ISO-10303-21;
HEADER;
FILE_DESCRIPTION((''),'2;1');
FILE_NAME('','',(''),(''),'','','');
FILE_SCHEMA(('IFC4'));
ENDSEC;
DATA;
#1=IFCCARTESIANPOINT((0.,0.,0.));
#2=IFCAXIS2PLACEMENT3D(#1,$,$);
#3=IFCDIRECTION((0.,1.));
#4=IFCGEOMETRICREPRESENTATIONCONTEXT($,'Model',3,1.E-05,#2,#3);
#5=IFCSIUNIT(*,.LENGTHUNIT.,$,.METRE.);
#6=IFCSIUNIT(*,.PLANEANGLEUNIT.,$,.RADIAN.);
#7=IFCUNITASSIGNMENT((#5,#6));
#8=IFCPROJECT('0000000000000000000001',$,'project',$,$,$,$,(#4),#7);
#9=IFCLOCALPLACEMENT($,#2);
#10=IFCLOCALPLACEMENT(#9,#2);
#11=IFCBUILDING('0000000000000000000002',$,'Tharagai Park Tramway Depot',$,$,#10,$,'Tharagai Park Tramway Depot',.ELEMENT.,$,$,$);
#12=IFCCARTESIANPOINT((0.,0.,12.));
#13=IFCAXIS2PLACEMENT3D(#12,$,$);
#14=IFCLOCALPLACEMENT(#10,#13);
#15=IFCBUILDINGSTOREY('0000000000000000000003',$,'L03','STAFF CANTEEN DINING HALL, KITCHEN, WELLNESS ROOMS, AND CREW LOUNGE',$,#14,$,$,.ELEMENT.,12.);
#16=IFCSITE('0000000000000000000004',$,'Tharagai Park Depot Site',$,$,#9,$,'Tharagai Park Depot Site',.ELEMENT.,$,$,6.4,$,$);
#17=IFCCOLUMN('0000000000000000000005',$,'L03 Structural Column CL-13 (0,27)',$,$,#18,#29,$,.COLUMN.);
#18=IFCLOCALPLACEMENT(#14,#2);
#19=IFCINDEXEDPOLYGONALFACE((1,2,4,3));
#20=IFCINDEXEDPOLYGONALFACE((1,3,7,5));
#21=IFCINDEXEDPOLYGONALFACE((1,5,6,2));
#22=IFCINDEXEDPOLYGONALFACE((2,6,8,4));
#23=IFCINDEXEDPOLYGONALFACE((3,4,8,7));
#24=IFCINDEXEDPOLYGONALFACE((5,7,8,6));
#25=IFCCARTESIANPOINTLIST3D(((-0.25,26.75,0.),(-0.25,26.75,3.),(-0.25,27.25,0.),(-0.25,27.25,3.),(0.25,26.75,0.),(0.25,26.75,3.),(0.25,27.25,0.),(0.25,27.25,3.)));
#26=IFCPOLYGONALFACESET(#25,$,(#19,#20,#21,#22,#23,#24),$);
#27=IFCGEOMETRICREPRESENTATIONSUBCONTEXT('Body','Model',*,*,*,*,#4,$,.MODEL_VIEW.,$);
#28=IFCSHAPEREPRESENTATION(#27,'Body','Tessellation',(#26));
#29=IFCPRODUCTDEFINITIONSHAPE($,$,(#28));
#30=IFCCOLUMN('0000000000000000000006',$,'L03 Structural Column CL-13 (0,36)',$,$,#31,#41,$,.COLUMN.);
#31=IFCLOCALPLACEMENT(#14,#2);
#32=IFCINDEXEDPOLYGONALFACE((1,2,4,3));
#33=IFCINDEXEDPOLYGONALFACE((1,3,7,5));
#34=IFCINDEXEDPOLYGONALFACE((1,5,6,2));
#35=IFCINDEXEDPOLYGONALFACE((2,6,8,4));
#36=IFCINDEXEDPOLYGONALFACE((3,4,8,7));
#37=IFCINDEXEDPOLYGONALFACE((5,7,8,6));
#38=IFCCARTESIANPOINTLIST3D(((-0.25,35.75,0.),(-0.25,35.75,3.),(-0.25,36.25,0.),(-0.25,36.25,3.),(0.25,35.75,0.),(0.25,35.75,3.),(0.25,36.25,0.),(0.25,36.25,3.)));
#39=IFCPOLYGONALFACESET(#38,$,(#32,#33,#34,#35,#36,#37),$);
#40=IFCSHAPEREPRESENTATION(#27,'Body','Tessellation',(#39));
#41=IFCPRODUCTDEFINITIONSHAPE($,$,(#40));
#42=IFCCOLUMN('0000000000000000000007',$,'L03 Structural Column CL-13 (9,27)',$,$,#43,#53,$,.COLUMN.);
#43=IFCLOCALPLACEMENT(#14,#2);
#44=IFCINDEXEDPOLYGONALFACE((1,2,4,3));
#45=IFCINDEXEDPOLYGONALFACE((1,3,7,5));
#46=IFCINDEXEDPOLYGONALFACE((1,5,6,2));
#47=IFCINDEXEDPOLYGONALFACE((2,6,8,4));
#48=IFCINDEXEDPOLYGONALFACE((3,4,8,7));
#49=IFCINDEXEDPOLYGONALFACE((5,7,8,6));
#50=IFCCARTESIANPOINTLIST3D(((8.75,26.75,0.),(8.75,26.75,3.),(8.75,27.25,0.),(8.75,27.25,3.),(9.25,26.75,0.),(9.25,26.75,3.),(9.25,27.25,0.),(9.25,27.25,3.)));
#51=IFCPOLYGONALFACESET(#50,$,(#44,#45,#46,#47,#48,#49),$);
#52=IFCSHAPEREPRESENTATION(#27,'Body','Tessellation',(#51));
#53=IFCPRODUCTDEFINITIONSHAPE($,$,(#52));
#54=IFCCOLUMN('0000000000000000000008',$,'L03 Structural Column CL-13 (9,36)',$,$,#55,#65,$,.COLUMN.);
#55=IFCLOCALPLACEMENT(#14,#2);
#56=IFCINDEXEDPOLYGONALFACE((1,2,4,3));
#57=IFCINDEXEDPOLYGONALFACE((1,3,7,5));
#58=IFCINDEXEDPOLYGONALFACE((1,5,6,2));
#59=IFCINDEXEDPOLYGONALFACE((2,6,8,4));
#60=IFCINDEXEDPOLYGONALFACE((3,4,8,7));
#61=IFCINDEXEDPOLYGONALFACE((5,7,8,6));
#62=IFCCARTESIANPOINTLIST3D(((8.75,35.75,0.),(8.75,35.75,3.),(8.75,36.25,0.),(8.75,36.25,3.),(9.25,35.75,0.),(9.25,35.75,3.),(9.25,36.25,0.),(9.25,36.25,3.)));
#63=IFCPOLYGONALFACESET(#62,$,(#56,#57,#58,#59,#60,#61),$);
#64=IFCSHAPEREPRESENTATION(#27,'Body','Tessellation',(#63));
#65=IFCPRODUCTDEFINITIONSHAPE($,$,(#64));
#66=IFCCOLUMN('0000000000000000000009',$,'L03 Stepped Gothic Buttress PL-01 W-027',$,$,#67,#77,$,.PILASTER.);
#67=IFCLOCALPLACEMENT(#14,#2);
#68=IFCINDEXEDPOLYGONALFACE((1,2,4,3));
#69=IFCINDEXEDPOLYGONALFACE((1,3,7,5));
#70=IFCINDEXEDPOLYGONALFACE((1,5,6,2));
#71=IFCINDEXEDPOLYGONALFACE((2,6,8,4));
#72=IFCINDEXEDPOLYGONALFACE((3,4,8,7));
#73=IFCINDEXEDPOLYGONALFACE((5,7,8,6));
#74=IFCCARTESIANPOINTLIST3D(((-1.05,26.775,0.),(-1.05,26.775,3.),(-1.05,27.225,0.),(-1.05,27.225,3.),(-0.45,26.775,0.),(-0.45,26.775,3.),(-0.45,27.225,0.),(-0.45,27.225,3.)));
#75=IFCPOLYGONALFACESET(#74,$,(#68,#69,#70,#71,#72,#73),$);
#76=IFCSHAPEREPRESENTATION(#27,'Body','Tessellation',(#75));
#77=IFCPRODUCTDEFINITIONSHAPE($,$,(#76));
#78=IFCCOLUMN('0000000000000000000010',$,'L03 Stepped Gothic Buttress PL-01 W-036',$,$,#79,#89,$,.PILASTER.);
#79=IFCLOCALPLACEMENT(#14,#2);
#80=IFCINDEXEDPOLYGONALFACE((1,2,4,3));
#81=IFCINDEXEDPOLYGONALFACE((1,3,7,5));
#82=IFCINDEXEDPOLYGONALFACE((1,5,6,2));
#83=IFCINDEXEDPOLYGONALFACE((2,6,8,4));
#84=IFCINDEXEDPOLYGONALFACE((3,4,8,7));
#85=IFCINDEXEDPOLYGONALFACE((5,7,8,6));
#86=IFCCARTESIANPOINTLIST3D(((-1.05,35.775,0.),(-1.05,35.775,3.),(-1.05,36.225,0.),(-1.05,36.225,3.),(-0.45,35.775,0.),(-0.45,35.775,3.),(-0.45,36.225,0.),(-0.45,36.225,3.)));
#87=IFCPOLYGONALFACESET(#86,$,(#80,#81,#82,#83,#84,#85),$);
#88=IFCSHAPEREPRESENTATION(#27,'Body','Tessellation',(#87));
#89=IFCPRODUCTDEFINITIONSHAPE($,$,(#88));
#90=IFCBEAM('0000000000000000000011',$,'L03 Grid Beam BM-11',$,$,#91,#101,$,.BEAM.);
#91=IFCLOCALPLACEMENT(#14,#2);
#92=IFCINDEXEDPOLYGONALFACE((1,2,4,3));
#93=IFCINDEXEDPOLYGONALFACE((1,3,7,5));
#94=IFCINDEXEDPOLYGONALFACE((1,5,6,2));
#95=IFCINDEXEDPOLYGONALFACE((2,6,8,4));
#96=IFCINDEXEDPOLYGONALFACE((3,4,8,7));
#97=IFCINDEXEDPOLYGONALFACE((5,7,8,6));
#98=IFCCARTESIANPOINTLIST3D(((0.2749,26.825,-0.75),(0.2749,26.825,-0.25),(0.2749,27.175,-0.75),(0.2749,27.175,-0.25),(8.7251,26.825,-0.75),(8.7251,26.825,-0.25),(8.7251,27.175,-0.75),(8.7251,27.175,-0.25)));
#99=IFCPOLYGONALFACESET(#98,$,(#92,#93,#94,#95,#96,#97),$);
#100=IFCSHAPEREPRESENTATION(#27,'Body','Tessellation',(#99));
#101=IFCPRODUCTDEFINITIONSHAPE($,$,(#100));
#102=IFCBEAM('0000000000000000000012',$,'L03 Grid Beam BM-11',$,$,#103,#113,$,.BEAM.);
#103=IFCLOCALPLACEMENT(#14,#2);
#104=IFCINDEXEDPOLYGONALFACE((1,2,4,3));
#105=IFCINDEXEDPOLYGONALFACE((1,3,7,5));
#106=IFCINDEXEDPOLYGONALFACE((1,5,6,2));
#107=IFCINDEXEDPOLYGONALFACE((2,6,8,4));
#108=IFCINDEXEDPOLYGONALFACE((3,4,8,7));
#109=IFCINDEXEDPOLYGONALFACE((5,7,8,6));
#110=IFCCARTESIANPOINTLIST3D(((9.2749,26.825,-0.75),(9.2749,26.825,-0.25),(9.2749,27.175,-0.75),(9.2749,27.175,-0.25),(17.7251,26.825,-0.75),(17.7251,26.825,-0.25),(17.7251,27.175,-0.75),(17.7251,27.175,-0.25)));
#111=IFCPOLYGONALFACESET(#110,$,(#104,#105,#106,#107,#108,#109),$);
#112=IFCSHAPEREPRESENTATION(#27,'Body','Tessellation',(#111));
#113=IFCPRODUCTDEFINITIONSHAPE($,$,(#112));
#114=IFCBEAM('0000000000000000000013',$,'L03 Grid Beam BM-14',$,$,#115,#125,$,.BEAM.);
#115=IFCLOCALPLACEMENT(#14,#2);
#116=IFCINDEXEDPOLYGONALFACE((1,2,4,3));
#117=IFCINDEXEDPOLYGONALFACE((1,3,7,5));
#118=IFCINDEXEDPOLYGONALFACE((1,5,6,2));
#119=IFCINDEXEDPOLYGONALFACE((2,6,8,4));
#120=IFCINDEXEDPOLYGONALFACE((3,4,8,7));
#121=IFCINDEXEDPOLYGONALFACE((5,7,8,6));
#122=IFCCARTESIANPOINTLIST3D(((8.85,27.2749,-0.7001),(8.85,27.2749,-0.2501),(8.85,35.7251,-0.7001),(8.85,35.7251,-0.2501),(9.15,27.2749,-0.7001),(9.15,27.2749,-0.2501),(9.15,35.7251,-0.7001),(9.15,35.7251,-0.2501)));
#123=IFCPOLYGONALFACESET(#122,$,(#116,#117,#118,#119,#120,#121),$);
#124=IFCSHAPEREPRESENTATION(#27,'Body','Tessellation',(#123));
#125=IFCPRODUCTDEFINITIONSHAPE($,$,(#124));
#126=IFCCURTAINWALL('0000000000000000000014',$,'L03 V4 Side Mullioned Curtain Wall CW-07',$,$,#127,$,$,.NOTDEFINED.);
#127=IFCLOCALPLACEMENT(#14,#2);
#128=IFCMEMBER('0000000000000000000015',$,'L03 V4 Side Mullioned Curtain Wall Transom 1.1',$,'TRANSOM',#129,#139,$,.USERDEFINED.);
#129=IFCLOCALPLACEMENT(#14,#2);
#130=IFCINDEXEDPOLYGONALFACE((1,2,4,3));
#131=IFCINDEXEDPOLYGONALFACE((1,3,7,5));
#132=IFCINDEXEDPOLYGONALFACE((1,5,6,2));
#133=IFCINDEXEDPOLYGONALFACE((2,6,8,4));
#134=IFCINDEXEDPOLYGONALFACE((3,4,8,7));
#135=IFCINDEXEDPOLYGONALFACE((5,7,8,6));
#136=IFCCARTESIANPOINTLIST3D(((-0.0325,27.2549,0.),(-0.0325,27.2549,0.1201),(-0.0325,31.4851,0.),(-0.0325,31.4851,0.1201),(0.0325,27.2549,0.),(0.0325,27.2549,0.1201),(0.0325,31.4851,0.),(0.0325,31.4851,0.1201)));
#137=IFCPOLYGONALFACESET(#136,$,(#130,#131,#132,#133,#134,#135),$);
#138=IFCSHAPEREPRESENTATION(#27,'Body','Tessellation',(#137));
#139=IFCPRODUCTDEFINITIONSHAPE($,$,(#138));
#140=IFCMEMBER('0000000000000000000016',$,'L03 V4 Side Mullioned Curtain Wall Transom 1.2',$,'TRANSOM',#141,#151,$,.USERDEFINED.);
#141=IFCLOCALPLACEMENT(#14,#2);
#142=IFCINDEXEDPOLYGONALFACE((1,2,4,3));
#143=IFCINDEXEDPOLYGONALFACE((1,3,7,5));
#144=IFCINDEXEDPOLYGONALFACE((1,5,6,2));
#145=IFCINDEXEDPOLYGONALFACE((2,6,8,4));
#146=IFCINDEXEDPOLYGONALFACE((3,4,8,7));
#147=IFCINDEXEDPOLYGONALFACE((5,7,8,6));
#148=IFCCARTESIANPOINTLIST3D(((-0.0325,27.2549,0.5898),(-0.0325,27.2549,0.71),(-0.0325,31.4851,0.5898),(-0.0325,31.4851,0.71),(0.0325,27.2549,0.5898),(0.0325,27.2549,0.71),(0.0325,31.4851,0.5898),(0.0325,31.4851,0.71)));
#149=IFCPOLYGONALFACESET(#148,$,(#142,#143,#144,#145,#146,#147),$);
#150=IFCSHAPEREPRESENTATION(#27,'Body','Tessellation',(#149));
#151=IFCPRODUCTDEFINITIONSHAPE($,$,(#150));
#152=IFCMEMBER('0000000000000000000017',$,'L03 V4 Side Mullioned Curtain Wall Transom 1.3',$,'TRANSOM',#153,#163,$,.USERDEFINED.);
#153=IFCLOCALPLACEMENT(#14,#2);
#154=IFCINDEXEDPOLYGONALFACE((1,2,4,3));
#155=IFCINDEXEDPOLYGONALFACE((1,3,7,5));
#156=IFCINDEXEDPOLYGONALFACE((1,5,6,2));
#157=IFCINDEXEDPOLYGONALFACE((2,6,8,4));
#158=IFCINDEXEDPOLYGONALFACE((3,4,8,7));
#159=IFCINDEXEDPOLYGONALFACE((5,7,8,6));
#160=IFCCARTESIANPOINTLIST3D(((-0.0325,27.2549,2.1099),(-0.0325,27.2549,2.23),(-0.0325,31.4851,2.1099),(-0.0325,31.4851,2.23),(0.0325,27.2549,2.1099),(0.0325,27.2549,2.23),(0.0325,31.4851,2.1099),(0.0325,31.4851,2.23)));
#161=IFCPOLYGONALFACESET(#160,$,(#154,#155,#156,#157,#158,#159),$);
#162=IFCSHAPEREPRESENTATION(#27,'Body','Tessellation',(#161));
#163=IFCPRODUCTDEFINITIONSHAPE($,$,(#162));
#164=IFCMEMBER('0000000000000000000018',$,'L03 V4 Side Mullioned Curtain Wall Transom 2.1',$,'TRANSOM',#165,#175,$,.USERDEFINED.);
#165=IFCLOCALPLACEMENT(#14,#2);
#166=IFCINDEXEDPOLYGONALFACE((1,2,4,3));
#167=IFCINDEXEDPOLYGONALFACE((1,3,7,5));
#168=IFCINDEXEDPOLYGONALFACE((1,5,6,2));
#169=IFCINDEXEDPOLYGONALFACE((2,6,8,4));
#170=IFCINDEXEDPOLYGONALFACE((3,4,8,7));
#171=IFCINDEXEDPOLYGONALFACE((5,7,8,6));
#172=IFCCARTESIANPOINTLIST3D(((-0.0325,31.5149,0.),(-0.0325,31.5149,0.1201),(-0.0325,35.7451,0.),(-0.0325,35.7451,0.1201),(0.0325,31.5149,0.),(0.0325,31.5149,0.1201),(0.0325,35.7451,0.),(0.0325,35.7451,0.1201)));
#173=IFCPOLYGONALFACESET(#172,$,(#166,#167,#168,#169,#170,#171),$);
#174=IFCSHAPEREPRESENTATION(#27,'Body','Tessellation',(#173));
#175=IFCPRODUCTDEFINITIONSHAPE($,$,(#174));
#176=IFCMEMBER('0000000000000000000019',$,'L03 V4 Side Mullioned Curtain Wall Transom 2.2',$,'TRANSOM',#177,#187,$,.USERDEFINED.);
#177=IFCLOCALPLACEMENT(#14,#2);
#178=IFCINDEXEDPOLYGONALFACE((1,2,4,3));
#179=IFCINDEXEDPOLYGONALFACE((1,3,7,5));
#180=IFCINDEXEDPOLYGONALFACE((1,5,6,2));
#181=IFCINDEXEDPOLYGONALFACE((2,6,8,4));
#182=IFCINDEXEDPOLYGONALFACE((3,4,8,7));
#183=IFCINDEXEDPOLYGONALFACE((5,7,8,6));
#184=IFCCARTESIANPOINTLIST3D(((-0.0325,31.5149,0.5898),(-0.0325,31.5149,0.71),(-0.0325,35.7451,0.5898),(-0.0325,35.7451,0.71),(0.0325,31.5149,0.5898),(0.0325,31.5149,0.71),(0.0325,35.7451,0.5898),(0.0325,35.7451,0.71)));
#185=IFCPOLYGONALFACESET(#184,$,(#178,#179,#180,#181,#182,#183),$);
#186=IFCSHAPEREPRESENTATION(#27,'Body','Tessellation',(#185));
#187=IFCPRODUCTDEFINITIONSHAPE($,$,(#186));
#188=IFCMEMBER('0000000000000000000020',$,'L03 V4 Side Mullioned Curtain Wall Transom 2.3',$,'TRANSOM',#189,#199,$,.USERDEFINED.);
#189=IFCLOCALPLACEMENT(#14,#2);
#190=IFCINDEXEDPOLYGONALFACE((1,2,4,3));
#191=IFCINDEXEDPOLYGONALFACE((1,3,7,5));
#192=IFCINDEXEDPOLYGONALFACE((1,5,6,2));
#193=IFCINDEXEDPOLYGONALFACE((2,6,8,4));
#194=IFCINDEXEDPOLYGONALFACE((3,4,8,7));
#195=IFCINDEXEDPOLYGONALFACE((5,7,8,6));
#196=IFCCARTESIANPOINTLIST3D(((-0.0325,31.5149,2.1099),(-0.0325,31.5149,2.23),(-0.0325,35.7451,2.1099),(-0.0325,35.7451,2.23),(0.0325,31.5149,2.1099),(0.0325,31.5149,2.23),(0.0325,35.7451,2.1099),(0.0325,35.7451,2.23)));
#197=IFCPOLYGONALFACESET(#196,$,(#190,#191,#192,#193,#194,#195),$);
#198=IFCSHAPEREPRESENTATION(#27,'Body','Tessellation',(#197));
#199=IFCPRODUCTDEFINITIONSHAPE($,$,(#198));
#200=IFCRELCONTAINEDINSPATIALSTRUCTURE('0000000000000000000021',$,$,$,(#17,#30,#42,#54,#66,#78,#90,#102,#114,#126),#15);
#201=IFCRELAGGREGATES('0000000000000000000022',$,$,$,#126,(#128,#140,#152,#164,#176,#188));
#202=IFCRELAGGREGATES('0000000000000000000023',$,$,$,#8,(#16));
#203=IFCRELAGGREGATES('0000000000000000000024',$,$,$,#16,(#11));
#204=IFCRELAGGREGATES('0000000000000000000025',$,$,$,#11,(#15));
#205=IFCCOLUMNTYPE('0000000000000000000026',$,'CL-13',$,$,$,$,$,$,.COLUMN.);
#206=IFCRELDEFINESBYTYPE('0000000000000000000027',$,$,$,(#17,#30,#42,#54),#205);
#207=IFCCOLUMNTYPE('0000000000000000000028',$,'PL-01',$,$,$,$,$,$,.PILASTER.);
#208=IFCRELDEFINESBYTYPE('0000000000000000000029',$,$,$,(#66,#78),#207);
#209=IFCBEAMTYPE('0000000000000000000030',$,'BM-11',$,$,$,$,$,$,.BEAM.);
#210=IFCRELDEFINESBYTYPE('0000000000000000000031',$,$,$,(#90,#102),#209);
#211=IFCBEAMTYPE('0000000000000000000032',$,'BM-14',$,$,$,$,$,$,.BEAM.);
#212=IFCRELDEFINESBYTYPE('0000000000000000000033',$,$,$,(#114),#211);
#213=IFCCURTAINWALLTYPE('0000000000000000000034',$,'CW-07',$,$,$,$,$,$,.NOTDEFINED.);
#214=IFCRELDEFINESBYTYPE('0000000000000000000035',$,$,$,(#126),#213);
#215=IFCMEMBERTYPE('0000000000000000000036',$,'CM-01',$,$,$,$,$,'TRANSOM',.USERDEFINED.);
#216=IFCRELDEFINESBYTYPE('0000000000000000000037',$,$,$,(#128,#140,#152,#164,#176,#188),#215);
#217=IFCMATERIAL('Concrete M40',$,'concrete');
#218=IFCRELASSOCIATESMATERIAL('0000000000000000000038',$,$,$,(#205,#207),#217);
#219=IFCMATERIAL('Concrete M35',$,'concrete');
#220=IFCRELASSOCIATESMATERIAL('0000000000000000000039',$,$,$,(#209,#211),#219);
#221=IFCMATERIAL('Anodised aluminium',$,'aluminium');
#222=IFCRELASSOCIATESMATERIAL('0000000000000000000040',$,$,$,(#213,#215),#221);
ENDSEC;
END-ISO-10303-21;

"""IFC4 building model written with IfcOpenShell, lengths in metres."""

from ifc_helpers import new_model, si_unit, direction, frame, origin, origin_2d, place, context, subcontext, project, spatial, rectangle, extrude, material, material_profile, profile_set, type_object, element, aggregate, save


model = new_model("IFC4")

# Units and contexts
model_context = context("Model", 3, precision=1e-05, world=origin(), true_north=direction((0.0, 1.0)))
body_context = subcontext(model_context, "Body", "Model", "MODEL_VIEW")
ifc_project = project(units=[si_unit("LENGTHUNIT", "METRE"), si_unit("PLANEANGLEUNIT", "RADIAN")], contexts=[model_context])

# Site, building, storey
site_placement = place(None, origin())
site = spatial("IfcSite", under=ifc_project, at=site_placement, Name="Tharagai Park Depot Site", LongName="Tharagai Park Depot Site", CompositionType="ELEMENT", RefElevation=6.4)
building_placement = place(site_placement, origin())
building = spatial("IfcBuilding", under=site, at=building_placement, Name="Tharagai Park Tramway Depot", LongName="Tharagai Park Tramway Depot", CompositionType="ELEMENT")
storey_placement = place(building_placement, frame((0.0, 0.0, 12.0)))
storey = spatial("IfcBuildingStorey", under=building, at=storey_placement, Name="L03", Description="STAFF CANTEEN DINING HALL, KITCHEN, WELLNESS ROOMS, AND CREW LOUNGE", CompositionType="ELEMENT", Elevation=12.0)

# Columns
ifc_material_1 = material(Name="Concrete M40", Category="concrete")
ifc_material_profile_1 = material_profile(ifc_material_1, rectangle(XDim=0.5, YDim=0.5, at=origin_2d()), Name="RC 500x500")
ifc_profile_set_1 = profile_set([ifc_material_profile_1], Name="Concrete M40")
column_type_1 = type_object("IfcColumnType", Name="CL-13", PredefinedType="COLUMN", material=ifc_profile_set_1)
for number, where, z_axis, x_axis, name in (
    (1, (0.0, 27.0, 0.0), (0.0, 0.0, 1.0), (1.0, 0.0, 0.0), "L03 Structural Column CL-13 (0,27)"),
    (2, (0.0, 36.0, 0.0), (0.0, 0.0, 1.0), (1.0, 0.0, 0.0), "L03 Structural Column CL-13 (0,36)"),
    (3, (9.0, 27.0, 0.0), (0.0, 0.0, 1.0), (1.0, 0.0, 0.0), "L03 Structural Column CL-13 (9,27)"),
    (4, (9.0, 36.0, 0.0), (0.0, 0.0, 1.0), (1.0, 0.0, 0.0), "L03 Structural Column CL-13 (9,36)"),
):
    element("IfcColumn", number, at=place(storey_placement, frame(where, z_axis=z_axis, x_axis=x_axis)), inside=storey, type_object=column_type_1, Name=name, PredefinedType="COLUMN", context=body_context, shape_type="SweptSolid", body=[
        extrude(rectangle(XDim=0.5, YDim=0.5, at=origin_2d()), origin(), (0.0, 0.0, 1.0), 3.0),
    ])
ifc_material_profile_2 = material_profile(ifc_material_1, rectangle(XDim=0.45, YDim=0.6001, at=origin_2d()), Name="RC 450x600")
ifc_profile_set_2 = profile_set([ifc_material_profile_2], Name="Concrete M40")
column_type_2 = type_object("IfcColumnType", Name="PL-01", PredefinedType="PILASTER", material=ifc_profile_set_2)
for number, where, z_axis, x_axis, name in (
    (5, (-0.75, 27.0, 0.0), (0.0, 0.0, 1.0), (0.0, 1.0, 0.0), "L03 Stepped Gothic Buttress PL-01 W-027"),
    (6, (-0.75, 36.0, 0.0), (0.0, 0.0, 1.0), (0.0, 1.0, 0.0), "L03 Stepped Gothic Buttress PL-01 W-036"),
):
    element("IfcColumn", number, at=place(storey_placement, frame(where, z_axis=z_axis, x_axis=x_axis)), inside=storey, type_object=column_type_2, Name=name, PredefinedType="PILASTER", context=body_context, shape_type="SweptSolid", body=[
        extrude(rectangle(XDim=0.45, YDim=0.6001, at=origin_2d()), origin(), (0.0, 0.0, 1.0), 3.0),
    ])

# Beams
ifc_material_2 = material(Name="Concrete M35", Category="concrete")
ifc_material_profile_3 = material_profile(ifc_material_2, rectangle(XDim=0.3501, YDim=0.5, at=origin_2d()), Name="RC 350x500")
ifc_profile_set_3 = profile_set([ifc_material_profile_3], Name="Concrete M35")
beam_type_1 = type_object("IfcBeamType", Name="BM-11", PredefinedType="BEAM", material=ifc_profile_set_3)
for number, where, z_axis, x_axis, name in (
    (7, (0.2749, 27.0, -0.5), (1.0, 0.0, 0.0), (0.0, 1.0, 0.0), "L03 Grid Beam BM-11"),
    (8, (9.2749, 27.0, -0.5), (1.0, 0.0, 0.0), (0.0, 1.0, 0.0), "L03 Grid Beam BM-11"),
):
    element("IfcBeam", number, at=place(storey_placement, frame(where, z_axis=z_axis, x_axis=x_axis)), inside=storey, type_object=beam_type_1, Name=name, PredefinedType="BEAM", context=body_context, shape_type="SweptSolid", body=[
        extrude(rectangle(XDim=0.3501, YDim=0.5, at=origin_2d()), origin(), (0.0, 0.0, 1.0), 8.4502),
    ])
ifc_material_profile_4 = material_profile(ifc_material_2, rectangle(XDim=0.3, YDim=0.45, at=origin_2d()), Name="RC 300x450")
ifc_profile_set_4 = profile_set([ifc_material_profile_4], Name="Concrete M35")
beam_type_2 = type_object("IfcBeamType", Name="BM-14", PredefinedType="BEAM", material=ifc_profile_set_4)
beam_1_placement = place(storey_placement, frame((9.0, 27.2749, -0.4751), z_axis=(0.0, 1.0, 0.0), x_axis=(-1.0, 0.0, 0.0)))
element("IfcBeam", 9, at=beam_1_placement, inside=storey, type_object=beam_type_2, Name="L03 Grid Beam BM-14", PredefinedType="BEAM", context=body_context, shape_type="SweptSolid", body=[
    extrude(rectangle(XDim=0.3, YDim=0.45, at=origin_2d()), origin(), (0.0, 0.0, 1.0), 8.4502),
])

# Curtain wall, members
ifc_material_3 = material(Name="Anodised aluminium", Category="aluminium")
curtain_wall_type = type_object("IfcCurtainWallType", Name="CW-07", PredefinedType="NOTDEFINED", material=ifc_material_3)
curtain_wall_placement = place(storey_placement, origin())
curtain_wall = element("IfcCurtainWall", 10, at=curtain_wall_placement, inside=storey, type_object=curtain_wall_type, Name="L03 V4 Side Mullioned Curtain Wall CW-07", PredefinedType="NOTDEFINED")
ifc_material_profile_5 = material_profile(ifc_material_3, rectangle(XDim=0.0649, YDim=0.1201, at=origin_2d()), Name="ALU 65x120")
ifc_profile_set_5 = profile_set([ifc_material_profile_5], Name="Anodised aluminium")
member_type_1 = type_object("IfcMemberType", Name="CM-01", ElementType="TRANSOM", PredefinedType="USERDEFINED", material=ifc_profile_set_5)
member_1_placement = place(storey_placement, frame((0.0, 27.2549, 0.0601), z_axis=(0.0, 1.0, 0.0), x_axis=(-1.0, 0.0, 0.0)))
member_1 = element("IfcMember", 11, at=member_1_placement, type_object=member_type_1, Name="L03 V4 Side Mullioned Curtain Wall Transom 1.1", ObjectType="TRANSOM", PredefinedType="USERDEFINED", context=body_context, shape_type="SweptSolid", body=[
    extrude(rectangle(XDim=0.0649, YDim=0.1201, at=origin_2d()), origin(), (0.0, 0.0, 1.0), 4.2302),
])
member_2_placement = place(storey_placement, frame((0.0, 27.2549, 0.6499), z_axis=(0.0, 1.0, 0.0), x_axis=(-1.0, 0.0, 0.0)))
member_2 = element("IfcMember", 12, at=member_2_placement, type_object=member_type_1, Name="L03 V4 Side Mullioned Curtain Wall Transom 1.2", ObjectType="TRANSOM", PredefinedType="USERDEFINED", context=body_context, shape_type="SweptSolid", body=[
    extrude(rectangle(XDim=0.0649, YDim=0.1201, at=origin_2d()), origin(), (0.0, 0.0, 1.0), 4.2302),
])
member_3_placement = place(storey_placement, frame((0.0, 27.2549, 2.1699), z_axis=(0.0, 1.0, 0.0), x_axis=(-1.0, 0.0, 0.0)))
member_3 = element("IfcMember", 13, at=member_3_placement, type_object=member_type_1, Name="L03 V4 Side Mullioned Curtain Wall Transom 1.3", ObjectType="TRANSOM", PredefinedType="USERDEFINED", context=body_context, shape_type="SweptSolid", body=[
    extrude(rectangle(XDim=0.0649, YDim=0.1201, at=origin_2d()), origin(), (0.0, 0.0, 1.0), 4.2302),
])
member_4_placement = place(storey_placement, frame((0.0, 31.5149, 0.0601), z_axis=(0.0, 1.0, 0.0), x_axis=(-1.0, 0.0, 0.0)))
member_4 = element("IfcMember", 14, at=member_4_placement, type_object=member_type_1, Name="L03 V4 Side Mullioned Curtain Wall Transom 2.1", ObjectType="TRANSOM", PredefinedType="USERDEFINED", context=body_context, shape_type="SweptSolid", body=[
    extrude(rectangle(XDim=0.0649, YDim=0.1201, at=origin_2d()), origin(), (0.0, 0.0, 1.0), 4.2302),
])
member_5_placement = place(storey_placement, frame((0.0, 31.5149, 0.6499), z_axis=(0.0, 1.0, 0.0), x_axis=(-1.0, 0.0, 0.0)))
member_5 = element("IfcMember", 15, at=member_5_placement, type_object=member_type_1, Name="L03 V4 Side Mullioned Curtain Wall Transom 2.2", ObjectType="TRANSOM", PredefinedType="USERDEFINED", context=body_context, shape_type="SweptSolid", body=[
    extrude(rectangle(XDim=0.0649, YDim=0.1201, at=origin_2d()), origin(), (0.0, 0.0, 1.0), 4.2302),
])
member_6_placement = place(storey_placement, frame((0.0, 31.5149, 2.1699), z_axis=(0.0, 1.0, 0.0), x_axis=(-1.0, 0.0, 0.0)))
member_6 = element("IfcMember", 16, at=member_6_placement, type_object=member_type_1, Name="L03 V4 Side Mullioned Curtain Wall Transom 2.3", ObjectType="TRANSOM", PredefinedType="USERDEFINED", context=body_context, shape_type="SweptSolid", body=[
    extrude(rectangle(XDim=0.0649, YDim=0.1201, at=origin_2d()), origin(), (0.0, 0.0, 1.0), 4.2302),
])

aggregate(curtain_wall, [member_1, member_2, member_3, member_4, member_5, member_6])

save(model, "model.ifc")
